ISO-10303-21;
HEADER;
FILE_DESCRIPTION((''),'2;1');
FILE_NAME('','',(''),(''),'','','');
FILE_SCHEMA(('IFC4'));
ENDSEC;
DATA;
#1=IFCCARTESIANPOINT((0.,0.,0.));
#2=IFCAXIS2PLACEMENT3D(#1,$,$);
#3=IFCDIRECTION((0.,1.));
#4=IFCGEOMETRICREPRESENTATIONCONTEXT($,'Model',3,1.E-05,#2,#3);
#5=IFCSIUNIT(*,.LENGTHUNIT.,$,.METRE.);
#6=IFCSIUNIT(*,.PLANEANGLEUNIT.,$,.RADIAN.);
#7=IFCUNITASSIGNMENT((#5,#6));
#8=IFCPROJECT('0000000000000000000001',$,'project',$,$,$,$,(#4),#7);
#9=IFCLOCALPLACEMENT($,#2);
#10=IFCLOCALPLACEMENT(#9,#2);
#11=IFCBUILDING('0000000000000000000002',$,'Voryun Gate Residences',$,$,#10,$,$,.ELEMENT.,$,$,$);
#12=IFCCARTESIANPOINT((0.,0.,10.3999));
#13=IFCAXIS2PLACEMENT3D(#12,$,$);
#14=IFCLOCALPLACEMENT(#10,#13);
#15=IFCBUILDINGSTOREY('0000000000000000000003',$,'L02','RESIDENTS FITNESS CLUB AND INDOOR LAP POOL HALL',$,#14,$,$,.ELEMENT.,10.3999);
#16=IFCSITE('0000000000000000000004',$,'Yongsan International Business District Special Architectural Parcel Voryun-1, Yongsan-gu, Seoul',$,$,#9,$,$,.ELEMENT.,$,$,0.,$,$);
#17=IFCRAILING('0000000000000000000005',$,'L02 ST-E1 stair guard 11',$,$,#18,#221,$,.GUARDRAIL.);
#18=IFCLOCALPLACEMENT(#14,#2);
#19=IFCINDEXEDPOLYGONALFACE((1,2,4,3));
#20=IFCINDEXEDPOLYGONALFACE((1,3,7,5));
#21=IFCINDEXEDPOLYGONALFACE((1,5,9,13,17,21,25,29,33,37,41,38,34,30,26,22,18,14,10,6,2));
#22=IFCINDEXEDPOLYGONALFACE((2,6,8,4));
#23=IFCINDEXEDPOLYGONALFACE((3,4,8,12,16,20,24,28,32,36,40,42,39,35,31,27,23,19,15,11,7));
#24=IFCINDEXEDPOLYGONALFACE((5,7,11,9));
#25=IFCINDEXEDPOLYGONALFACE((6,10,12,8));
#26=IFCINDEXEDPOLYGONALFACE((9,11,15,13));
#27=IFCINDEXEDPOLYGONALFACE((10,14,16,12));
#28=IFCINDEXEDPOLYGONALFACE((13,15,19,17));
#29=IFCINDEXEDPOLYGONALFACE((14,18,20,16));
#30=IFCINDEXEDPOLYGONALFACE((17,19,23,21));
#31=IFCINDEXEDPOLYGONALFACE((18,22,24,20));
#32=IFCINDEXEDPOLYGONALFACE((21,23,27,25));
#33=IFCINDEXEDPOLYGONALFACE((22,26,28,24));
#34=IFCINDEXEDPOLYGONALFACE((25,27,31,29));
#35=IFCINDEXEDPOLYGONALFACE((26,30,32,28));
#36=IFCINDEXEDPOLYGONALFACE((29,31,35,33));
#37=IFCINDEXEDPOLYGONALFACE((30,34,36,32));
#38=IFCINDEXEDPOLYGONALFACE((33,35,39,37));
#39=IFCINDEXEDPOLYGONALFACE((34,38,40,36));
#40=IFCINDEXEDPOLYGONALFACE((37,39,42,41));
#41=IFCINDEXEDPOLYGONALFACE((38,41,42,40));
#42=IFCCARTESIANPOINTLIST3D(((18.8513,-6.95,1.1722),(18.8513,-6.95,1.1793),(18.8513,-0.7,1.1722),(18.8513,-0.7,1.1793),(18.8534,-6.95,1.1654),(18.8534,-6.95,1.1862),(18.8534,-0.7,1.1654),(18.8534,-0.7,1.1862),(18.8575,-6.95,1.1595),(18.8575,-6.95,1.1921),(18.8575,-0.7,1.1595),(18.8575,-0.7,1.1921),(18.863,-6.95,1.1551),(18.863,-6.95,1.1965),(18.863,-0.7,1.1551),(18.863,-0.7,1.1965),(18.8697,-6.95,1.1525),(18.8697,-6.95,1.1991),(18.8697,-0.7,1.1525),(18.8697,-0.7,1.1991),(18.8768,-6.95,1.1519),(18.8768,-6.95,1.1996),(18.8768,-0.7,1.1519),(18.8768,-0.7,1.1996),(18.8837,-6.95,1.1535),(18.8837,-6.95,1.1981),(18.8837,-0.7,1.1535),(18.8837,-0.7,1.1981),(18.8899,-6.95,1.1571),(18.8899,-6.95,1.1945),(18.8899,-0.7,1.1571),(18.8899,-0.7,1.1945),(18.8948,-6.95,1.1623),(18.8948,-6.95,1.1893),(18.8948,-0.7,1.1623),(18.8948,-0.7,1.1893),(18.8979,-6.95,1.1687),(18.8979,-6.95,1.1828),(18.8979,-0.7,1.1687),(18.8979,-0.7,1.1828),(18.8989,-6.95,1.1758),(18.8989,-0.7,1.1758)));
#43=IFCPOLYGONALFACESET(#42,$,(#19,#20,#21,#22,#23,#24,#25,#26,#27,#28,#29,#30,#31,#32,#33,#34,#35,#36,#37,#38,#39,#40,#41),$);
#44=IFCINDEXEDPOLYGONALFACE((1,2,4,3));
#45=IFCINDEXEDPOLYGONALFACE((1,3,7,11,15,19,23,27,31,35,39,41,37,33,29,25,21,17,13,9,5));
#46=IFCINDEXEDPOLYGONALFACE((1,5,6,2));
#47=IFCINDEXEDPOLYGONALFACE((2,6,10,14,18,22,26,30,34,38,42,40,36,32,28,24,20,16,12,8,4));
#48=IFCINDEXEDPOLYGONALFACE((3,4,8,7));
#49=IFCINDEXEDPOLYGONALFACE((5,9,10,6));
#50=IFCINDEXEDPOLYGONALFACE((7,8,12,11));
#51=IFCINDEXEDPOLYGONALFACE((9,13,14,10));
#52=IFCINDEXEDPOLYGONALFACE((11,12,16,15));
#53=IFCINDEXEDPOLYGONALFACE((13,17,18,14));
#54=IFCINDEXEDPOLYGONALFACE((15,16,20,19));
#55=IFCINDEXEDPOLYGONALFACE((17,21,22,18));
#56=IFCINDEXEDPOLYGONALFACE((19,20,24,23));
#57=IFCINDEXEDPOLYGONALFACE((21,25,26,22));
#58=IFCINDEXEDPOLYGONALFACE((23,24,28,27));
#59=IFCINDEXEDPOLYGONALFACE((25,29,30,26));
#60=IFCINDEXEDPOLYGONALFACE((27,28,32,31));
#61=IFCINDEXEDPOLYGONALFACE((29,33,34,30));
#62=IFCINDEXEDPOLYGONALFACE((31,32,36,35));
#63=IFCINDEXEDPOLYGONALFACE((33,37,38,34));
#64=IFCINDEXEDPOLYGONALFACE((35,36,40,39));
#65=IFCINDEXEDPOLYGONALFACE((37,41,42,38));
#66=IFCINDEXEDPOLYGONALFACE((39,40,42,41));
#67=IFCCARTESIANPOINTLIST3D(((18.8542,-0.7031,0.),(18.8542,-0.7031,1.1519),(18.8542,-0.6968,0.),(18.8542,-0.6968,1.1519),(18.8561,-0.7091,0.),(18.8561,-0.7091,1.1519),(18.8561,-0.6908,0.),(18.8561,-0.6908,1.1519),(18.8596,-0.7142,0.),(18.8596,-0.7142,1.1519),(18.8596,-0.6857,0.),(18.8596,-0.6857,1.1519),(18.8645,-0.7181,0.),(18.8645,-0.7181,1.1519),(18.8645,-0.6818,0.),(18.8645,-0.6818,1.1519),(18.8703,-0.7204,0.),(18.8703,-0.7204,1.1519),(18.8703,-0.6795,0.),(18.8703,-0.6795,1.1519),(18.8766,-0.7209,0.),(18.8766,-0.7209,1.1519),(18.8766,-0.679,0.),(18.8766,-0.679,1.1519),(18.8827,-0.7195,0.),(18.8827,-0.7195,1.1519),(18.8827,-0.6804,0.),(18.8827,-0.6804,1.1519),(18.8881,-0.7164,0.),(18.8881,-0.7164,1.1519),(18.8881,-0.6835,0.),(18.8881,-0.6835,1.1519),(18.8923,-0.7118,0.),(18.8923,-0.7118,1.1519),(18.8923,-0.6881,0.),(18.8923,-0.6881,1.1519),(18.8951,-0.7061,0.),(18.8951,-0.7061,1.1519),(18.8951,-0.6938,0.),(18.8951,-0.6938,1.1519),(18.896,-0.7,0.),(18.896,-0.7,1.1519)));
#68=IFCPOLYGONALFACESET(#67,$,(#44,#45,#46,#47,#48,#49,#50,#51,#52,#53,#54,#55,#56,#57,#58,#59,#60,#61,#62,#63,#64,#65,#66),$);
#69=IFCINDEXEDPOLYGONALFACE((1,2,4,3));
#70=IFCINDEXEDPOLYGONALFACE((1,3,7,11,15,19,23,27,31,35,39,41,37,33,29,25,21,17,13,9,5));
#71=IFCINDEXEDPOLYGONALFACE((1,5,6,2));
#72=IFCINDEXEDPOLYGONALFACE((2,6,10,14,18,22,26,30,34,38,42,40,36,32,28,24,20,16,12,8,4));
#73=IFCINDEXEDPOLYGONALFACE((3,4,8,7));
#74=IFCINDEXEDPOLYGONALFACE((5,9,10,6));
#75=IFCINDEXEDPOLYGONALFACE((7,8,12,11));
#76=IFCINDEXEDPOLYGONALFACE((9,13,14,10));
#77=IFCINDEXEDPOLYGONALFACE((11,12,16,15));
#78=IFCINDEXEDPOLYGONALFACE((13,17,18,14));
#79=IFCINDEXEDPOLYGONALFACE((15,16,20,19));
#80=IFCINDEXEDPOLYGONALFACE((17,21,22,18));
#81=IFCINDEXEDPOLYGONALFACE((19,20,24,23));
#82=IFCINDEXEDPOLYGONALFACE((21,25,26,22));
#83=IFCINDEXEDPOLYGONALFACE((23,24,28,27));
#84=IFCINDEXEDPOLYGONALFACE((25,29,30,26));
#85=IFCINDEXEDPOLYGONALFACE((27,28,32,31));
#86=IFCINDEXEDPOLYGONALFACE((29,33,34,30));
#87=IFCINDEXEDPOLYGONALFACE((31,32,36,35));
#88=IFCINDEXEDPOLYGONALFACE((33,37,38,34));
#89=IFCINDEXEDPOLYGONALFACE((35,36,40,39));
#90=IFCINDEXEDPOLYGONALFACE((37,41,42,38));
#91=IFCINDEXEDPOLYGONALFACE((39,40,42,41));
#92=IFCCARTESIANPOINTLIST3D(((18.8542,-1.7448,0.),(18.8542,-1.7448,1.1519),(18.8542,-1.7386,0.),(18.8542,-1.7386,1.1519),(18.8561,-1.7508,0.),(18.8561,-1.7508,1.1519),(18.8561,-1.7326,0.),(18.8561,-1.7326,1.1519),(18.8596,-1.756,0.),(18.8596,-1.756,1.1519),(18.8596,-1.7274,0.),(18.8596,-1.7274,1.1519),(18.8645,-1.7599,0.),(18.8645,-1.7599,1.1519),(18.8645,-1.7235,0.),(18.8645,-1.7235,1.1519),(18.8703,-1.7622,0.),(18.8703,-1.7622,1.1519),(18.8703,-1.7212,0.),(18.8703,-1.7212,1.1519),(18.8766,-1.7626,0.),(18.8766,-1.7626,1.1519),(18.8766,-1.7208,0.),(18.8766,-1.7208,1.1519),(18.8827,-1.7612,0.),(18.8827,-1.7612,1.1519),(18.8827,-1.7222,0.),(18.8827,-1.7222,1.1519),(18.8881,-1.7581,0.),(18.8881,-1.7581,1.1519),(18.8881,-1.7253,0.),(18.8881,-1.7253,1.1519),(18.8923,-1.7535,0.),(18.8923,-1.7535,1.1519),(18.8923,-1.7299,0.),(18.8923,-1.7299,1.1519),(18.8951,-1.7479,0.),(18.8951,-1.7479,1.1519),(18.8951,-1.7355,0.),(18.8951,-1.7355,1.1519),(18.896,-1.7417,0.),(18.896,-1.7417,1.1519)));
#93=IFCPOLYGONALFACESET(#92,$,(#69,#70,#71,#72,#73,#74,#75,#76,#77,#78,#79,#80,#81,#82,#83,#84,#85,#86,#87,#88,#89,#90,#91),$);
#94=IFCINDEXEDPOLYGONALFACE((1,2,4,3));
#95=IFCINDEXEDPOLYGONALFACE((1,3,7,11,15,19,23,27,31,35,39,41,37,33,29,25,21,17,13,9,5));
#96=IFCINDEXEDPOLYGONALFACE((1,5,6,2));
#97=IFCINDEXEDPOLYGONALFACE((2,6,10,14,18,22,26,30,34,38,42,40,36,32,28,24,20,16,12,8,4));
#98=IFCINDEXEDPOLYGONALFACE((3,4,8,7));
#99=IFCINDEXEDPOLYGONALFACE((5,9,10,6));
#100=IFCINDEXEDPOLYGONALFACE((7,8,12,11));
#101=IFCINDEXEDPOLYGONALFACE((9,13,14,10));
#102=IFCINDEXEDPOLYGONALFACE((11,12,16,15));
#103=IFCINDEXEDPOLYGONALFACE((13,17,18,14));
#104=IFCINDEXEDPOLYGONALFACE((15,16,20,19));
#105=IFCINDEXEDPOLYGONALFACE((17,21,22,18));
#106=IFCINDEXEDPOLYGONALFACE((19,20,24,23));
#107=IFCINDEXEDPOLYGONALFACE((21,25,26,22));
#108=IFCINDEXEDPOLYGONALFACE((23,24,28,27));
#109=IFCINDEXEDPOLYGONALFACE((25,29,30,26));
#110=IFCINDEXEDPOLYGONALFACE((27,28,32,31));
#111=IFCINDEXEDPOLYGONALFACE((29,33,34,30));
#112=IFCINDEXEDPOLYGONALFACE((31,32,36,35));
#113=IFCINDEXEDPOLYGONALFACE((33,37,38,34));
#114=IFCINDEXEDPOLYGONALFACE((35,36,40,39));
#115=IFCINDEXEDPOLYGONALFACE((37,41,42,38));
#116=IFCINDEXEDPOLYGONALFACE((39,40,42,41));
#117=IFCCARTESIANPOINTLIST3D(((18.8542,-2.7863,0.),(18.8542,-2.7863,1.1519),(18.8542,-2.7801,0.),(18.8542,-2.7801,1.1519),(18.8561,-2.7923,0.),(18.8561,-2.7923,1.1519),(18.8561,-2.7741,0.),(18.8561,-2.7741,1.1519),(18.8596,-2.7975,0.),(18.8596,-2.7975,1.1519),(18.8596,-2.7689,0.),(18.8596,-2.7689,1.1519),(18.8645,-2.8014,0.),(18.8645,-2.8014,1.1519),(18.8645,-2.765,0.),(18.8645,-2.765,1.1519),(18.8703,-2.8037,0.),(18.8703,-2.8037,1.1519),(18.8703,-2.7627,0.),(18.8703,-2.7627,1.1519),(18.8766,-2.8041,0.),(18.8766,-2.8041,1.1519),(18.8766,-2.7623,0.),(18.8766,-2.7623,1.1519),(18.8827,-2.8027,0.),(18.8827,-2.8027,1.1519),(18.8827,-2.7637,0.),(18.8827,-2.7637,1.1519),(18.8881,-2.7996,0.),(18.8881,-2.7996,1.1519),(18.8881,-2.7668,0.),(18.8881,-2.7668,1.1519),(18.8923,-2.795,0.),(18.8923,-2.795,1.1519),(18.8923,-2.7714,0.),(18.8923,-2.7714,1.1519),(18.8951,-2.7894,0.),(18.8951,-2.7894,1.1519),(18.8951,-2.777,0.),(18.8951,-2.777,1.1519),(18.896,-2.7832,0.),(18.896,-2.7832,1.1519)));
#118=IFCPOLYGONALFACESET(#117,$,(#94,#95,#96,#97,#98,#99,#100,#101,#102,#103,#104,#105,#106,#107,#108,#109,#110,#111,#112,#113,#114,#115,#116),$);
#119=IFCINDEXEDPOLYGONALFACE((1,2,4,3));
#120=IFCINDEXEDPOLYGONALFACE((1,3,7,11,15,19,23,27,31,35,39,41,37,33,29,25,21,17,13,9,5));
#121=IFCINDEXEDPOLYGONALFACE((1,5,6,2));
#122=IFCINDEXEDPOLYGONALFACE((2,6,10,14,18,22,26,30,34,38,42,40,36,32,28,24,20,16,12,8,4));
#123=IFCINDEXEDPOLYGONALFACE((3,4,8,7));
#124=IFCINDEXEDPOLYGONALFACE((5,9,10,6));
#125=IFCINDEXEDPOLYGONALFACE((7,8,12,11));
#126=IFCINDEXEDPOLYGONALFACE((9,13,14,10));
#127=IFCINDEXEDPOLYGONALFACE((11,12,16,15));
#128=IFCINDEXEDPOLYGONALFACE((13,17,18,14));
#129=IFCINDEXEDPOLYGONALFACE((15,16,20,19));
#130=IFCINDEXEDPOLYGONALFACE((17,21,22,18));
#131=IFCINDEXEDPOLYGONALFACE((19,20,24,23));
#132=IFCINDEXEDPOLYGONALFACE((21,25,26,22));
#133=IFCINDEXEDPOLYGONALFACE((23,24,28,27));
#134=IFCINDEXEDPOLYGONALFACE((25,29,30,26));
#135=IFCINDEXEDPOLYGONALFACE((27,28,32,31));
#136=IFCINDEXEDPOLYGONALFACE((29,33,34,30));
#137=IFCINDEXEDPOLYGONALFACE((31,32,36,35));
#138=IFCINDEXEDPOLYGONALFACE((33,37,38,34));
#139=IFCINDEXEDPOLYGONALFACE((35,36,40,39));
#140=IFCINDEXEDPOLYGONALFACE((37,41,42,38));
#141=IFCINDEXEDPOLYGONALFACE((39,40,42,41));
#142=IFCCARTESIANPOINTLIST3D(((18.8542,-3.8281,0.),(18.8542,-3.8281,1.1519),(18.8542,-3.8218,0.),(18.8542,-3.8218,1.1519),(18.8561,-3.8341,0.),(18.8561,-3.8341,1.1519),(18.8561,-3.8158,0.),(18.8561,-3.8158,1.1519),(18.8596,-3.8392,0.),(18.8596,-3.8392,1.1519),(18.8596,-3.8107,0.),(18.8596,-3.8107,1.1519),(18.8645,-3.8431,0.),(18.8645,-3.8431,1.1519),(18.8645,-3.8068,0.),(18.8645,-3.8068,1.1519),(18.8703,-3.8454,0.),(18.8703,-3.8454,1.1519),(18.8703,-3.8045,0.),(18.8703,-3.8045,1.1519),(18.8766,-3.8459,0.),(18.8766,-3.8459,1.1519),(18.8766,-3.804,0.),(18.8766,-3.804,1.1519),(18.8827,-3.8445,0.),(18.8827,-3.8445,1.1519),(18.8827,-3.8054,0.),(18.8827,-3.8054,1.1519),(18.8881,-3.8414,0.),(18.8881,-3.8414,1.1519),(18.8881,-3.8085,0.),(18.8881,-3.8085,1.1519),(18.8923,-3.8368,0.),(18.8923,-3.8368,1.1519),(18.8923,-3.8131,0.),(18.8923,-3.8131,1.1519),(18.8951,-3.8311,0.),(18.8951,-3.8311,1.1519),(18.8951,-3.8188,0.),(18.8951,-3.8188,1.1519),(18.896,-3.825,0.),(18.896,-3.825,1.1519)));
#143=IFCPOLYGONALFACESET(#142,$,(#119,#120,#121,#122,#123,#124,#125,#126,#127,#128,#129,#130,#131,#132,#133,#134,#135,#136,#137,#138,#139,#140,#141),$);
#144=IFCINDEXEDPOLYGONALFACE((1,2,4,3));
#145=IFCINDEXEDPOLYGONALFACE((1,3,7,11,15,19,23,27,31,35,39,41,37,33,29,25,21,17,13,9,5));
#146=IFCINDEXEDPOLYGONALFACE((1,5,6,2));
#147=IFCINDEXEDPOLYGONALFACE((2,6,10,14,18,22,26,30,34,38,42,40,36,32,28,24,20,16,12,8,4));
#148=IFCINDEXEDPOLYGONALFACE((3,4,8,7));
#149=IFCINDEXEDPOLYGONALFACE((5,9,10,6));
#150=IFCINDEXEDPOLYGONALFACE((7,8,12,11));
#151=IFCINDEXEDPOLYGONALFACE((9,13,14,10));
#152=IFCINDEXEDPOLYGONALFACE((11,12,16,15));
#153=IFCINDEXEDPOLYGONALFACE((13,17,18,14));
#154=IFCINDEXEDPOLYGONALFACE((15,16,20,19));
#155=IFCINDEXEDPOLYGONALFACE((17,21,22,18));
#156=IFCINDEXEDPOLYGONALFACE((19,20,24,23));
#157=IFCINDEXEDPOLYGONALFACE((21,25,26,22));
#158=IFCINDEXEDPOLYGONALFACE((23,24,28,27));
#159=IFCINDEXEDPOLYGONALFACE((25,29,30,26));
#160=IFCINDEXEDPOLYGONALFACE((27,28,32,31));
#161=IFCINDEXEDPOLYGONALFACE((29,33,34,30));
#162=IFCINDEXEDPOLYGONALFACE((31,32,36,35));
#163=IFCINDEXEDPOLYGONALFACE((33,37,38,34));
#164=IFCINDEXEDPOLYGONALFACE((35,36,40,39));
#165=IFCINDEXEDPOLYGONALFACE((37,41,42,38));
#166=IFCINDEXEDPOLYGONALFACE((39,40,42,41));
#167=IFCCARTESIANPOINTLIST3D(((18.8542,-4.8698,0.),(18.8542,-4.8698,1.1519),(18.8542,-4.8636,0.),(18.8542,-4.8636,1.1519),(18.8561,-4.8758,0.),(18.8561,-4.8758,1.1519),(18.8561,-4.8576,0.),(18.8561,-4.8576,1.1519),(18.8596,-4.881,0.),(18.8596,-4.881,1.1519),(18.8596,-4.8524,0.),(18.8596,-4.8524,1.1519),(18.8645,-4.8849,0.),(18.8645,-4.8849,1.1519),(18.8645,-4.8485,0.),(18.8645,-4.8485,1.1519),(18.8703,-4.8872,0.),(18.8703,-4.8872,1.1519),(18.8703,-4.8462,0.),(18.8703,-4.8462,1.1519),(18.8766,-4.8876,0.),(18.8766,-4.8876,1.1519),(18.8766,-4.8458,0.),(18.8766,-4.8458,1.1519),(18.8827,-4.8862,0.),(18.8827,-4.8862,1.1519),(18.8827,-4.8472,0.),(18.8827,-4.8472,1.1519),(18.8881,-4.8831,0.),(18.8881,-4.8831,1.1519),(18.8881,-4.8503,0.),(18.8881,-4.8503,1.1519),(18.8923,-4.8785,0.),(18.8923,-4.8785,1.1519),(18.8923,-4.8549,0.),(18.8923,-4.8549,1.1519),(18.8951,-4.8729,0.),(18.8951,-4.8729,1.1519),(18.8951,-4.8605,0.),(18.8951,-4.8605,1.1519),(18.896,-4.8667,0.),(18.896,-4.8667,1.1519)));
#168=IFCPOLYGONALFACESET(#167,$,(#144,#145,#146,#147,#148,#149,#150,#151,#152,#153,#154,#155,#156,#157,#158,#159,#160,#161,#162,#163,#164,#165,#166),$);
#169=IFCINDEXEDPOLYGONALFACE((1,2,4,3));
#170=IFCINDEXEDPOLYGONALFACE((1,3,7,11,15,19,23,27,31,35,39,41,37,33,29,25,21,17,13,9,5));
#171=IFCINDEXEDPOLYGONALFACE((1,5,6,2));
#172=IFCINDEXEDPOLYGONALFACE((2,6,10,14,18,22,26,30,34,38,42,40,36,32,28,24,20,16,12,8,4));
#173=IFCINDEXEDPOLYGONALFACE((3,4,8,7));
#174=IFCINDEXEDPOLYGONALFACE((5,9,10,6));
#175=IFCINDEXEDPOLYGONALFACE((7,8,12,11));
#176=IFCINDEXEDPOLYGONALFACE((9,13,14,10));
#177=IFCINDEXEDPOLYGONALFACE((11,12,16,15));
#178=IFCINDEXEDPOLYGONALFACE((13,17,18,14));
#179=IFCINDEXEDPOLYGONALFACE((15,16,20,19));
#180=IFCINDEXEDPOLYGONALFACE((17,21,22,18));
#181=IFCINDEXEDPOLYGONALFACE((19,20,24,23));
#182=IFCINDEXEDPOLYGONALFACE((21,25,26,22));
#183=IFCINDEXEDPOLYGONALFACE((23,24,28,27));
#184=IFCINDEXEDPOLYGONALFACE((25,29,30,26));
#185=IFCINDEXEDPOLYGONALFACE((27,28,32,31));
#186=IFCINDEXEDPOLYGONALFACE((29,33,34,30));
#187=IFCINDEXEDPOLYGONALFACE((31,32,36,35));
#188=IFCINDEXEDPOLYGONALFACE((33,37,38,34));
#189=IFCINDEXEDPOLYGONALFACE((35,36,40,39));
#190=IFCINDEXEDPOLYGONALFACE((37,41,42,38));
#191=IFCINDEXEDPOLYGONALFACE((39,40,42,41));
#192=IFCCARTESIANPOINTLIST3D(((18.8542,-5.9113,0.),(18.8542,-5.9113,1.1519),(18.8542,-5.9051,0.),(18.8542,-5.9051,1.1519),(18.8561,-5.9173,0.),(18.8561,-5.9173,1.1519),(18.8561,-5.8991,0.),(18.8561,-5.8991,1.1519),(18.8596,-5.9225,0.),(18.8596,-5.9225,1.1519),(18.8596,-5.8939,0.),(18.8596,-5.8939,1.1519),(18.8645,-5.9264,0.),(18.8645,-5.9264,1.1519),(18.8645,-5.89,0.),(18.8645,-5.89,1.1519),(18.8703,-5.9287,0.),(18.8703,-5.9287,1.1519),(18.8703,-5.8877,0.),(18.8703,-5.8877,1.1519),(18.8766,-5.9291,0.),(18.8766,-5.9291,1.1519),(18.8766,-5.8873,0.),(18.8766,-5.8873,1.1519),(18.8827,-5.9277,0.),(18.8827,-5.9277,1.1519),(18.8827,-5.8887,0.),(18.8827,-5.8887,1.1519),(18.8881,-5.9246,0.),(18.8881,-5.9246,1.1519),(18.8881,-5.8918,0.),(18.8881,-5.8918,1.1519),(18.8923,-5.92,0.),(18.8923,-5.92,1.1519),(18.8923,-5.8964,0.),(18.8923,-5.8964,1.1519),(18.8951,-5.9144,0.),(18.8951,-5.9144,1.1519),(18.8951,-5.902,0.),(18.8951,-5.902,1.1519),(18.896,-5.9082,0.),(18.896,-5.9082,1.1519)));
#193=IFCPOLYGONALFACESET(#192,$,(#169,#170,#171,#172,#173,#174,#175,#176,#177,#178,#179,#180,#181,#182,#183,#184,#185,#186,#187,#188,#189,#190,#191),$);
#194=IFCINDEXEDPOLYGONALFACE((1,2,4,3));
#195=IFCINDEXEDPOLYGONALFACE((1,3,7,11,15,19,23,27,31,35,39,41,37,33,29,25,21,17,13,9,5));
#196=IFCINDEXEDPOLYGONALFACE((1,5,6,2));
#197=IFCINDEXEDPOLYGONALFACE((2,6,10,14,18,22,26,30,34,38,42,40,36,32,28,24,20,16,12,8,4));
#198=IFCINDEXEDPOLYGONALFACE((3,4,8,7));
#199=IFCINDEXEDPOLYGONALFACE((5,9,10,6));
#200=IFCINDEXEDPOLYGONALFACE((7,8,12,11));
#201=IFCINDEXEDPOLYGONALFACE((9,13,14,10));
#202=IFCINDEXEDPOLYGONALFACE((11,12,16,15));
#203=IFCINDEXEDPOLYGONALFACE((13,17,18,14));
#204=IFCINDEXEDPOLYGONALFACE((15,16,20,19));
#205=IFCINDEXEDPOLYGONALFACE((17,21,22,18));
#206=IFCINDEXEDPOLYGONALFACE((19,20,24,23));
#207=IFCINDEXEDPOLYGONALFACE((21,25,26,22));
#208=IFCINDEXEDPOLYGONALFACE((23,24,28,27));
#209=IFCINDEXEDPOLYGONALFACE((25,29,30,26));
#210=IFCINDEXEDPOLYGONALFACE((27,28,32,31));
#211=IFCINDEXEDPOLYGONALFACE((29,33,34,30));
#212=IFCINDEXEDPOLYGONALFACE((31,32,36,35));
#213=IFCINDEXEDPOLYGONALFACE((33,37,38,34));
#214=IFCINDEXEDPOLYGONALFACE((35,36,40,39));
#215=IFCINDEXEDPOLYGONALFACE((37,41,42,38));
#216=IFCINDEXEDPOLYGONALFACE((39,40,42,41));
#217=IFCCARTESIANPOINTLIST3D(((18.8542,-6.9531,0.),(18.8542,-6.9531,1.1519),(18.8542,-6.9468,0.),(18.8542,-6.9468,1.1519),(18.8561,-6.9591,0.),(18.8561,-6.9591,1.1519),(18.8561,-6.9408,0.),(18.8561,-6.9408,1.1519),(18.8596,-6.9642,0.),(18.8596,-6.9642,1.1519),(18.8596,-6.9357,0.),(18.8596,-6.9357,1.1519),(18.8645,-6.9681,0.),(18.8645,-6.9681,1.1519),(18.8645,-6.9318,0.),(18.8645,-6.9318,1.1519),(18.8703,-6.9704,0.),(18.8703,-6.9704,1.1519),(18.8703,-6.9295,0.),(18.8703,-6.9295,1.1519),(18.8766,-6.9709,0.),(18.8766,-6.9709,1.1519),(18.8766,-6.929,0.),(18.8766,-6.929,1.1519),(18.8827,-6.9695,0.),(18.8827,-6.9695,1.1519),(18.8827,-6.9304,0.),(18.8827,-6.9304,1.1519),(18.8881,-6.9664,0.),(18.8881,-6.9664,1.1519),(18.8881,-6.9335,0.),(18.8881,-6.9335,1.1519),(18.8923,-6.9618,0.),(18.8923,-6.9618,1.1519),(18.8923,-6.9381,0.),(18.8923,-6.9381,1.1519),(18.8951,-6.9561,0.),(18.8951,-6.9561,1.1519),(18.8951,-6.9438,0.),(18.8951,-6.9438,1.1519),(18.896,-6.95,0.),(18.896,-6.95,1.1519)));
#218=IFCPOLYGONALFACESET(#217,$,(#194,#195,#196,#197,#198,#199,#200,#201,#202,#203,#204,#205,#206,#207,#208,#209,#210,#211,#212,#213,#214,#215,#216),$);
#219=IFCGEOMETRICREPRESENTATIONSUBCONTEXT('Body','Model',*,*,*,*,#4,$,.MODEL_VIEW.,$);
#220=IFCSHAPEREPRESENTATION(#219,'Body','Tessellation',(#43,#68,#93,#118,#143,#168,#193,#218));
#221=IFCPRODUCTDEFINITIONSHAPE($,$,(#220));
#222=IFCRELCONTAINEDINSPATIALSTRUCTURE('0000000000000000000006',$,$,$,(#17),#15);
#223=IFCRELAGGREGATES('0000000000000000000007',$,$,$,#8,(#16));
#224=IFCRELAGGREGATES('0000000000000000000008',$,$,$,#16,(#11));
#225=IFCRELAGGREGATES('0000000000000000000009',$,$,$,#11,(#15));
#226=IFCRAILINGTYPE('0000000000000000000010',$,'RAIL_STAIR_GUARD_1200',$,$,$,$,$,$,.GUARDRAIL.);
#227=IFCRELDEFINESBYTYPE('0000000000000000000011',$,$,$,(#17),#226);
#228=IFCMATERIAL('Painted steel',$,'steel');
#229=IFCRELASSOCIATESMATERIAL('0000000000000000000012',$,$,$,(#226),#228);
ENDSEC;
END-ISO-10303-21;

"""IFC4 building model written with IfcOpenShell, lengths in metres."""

from ifc_helpers import new_model, si_unit, direction, frame, origin, origin_2d, place, context, subcontext, project, spatial, circle, extrude, material, type_object, element, save


model = new_model("IFC4")

# Units and contexts
model_context = context("Model", 3, precision=1e-05, world=origin(), true_north=direction((0.0, 1.0)))
body_context = subcontext(model_context, "Body", "Model", "MODEL_VIEW")
ifc_project = project(units=[si_unit("LENGTHUNIT", "METRE"), si_unit("PLANEANGLEUNIT", "RADIAN")], contexts=[model_context])

# Site, building, storey
site_placement = place(None, origin())
site = spatial("IfcSite", under=ifc_project, at=site_placement, Name="Yongsan International Business District Special Architectural Parcel Voryun-1, Yongsan-gu, Seoul", CompositionType="ELEMENT", RefElevation=0.0)
building_placement = place(site_placement, origin())
building = spatial("IfcBuilding", under=site, at=building_placement, Name="Voryun Gate Residences", CompositionType="ELEMENT")
storey_placement = place(building_placement, frame((0.0, 0.0, 10.3999)))
storey = spatial("IfcBuildingStorey", under=building, at=storey_placement, Name="L02", Description="RESIDENTS FITNESS CLUB AND INDOOR LAP POOL HALL", CompositionType="ELEMENT", Elevation=10.3999)

# Railing
ifc_material_1 = material(Name="Painted steel", Category="steel")
railing_type_1 = type_object("IfcRailingType", Name="RAIL_STAIR_GUARD_1200", PredefinedType="GUARDRAIL", material=ifc_material_1)
railing_1_placement = place(storey_placement, frame((18.875, -0.7, 0.0)))
element("IfcRailing", 1, at=railing_1_placement, inside=storey, type_object=railing_type_1, Name="L02 ST-E1 stair guard 11", PredefinedType="GUARDRAIL", context=body_context, shape_type="SweptSolid", body=[
    extrude(circle(Radius=0.0239, at=origin_2d()), frame((0.0, 0.0, 1.1758), z_axis=(0.0, -1.0, 0.0), x_axis=(1.0, 0.0, 0.0)), (0.0, 0.0, 1.0), 6.25),
    extrude(circle(Radius=0.021, at=origin_2d()), origin(), (0.0, 0.0, 1.0), 1.1519),
    extrude(circle(Radius=0.021, at=origin_2d()), frame((0.0, -1.0417, 0.0)), (0.0, 0.0, 1.0), 1.1519),
    extrude(circle(Radius=0.021, at=origin_2d()), frame((0.0, -2.0833, 0.0)), (0.0, 0.0, 1.0), 1.1519),
    extrude(circle(Radius=0.021, at=origin_2d()), frame((0.0, -3.125, 0.0)), (0.0, 0.0, 1.0), 1.1519),
    extrude(circle(Radius=0.021, at=origin_2d()), frame((0.0, -4.1667, 0.0)), (0.0, 0.0, 1.0), 1.1519),
    extrude(circle(Radius=0.021, at=origin_2d()), frame((0.0, -5.2083, 0.0)), (0.0, 0.0, 1.0), 1.1519),
    extrude(circle(Radius=0.021, at=origin_2d()), frame((0.0, -6.25, 0.0)), (0.0, 0.0, 1.0), 1.1519),
])

save(model, "model.ifc")
